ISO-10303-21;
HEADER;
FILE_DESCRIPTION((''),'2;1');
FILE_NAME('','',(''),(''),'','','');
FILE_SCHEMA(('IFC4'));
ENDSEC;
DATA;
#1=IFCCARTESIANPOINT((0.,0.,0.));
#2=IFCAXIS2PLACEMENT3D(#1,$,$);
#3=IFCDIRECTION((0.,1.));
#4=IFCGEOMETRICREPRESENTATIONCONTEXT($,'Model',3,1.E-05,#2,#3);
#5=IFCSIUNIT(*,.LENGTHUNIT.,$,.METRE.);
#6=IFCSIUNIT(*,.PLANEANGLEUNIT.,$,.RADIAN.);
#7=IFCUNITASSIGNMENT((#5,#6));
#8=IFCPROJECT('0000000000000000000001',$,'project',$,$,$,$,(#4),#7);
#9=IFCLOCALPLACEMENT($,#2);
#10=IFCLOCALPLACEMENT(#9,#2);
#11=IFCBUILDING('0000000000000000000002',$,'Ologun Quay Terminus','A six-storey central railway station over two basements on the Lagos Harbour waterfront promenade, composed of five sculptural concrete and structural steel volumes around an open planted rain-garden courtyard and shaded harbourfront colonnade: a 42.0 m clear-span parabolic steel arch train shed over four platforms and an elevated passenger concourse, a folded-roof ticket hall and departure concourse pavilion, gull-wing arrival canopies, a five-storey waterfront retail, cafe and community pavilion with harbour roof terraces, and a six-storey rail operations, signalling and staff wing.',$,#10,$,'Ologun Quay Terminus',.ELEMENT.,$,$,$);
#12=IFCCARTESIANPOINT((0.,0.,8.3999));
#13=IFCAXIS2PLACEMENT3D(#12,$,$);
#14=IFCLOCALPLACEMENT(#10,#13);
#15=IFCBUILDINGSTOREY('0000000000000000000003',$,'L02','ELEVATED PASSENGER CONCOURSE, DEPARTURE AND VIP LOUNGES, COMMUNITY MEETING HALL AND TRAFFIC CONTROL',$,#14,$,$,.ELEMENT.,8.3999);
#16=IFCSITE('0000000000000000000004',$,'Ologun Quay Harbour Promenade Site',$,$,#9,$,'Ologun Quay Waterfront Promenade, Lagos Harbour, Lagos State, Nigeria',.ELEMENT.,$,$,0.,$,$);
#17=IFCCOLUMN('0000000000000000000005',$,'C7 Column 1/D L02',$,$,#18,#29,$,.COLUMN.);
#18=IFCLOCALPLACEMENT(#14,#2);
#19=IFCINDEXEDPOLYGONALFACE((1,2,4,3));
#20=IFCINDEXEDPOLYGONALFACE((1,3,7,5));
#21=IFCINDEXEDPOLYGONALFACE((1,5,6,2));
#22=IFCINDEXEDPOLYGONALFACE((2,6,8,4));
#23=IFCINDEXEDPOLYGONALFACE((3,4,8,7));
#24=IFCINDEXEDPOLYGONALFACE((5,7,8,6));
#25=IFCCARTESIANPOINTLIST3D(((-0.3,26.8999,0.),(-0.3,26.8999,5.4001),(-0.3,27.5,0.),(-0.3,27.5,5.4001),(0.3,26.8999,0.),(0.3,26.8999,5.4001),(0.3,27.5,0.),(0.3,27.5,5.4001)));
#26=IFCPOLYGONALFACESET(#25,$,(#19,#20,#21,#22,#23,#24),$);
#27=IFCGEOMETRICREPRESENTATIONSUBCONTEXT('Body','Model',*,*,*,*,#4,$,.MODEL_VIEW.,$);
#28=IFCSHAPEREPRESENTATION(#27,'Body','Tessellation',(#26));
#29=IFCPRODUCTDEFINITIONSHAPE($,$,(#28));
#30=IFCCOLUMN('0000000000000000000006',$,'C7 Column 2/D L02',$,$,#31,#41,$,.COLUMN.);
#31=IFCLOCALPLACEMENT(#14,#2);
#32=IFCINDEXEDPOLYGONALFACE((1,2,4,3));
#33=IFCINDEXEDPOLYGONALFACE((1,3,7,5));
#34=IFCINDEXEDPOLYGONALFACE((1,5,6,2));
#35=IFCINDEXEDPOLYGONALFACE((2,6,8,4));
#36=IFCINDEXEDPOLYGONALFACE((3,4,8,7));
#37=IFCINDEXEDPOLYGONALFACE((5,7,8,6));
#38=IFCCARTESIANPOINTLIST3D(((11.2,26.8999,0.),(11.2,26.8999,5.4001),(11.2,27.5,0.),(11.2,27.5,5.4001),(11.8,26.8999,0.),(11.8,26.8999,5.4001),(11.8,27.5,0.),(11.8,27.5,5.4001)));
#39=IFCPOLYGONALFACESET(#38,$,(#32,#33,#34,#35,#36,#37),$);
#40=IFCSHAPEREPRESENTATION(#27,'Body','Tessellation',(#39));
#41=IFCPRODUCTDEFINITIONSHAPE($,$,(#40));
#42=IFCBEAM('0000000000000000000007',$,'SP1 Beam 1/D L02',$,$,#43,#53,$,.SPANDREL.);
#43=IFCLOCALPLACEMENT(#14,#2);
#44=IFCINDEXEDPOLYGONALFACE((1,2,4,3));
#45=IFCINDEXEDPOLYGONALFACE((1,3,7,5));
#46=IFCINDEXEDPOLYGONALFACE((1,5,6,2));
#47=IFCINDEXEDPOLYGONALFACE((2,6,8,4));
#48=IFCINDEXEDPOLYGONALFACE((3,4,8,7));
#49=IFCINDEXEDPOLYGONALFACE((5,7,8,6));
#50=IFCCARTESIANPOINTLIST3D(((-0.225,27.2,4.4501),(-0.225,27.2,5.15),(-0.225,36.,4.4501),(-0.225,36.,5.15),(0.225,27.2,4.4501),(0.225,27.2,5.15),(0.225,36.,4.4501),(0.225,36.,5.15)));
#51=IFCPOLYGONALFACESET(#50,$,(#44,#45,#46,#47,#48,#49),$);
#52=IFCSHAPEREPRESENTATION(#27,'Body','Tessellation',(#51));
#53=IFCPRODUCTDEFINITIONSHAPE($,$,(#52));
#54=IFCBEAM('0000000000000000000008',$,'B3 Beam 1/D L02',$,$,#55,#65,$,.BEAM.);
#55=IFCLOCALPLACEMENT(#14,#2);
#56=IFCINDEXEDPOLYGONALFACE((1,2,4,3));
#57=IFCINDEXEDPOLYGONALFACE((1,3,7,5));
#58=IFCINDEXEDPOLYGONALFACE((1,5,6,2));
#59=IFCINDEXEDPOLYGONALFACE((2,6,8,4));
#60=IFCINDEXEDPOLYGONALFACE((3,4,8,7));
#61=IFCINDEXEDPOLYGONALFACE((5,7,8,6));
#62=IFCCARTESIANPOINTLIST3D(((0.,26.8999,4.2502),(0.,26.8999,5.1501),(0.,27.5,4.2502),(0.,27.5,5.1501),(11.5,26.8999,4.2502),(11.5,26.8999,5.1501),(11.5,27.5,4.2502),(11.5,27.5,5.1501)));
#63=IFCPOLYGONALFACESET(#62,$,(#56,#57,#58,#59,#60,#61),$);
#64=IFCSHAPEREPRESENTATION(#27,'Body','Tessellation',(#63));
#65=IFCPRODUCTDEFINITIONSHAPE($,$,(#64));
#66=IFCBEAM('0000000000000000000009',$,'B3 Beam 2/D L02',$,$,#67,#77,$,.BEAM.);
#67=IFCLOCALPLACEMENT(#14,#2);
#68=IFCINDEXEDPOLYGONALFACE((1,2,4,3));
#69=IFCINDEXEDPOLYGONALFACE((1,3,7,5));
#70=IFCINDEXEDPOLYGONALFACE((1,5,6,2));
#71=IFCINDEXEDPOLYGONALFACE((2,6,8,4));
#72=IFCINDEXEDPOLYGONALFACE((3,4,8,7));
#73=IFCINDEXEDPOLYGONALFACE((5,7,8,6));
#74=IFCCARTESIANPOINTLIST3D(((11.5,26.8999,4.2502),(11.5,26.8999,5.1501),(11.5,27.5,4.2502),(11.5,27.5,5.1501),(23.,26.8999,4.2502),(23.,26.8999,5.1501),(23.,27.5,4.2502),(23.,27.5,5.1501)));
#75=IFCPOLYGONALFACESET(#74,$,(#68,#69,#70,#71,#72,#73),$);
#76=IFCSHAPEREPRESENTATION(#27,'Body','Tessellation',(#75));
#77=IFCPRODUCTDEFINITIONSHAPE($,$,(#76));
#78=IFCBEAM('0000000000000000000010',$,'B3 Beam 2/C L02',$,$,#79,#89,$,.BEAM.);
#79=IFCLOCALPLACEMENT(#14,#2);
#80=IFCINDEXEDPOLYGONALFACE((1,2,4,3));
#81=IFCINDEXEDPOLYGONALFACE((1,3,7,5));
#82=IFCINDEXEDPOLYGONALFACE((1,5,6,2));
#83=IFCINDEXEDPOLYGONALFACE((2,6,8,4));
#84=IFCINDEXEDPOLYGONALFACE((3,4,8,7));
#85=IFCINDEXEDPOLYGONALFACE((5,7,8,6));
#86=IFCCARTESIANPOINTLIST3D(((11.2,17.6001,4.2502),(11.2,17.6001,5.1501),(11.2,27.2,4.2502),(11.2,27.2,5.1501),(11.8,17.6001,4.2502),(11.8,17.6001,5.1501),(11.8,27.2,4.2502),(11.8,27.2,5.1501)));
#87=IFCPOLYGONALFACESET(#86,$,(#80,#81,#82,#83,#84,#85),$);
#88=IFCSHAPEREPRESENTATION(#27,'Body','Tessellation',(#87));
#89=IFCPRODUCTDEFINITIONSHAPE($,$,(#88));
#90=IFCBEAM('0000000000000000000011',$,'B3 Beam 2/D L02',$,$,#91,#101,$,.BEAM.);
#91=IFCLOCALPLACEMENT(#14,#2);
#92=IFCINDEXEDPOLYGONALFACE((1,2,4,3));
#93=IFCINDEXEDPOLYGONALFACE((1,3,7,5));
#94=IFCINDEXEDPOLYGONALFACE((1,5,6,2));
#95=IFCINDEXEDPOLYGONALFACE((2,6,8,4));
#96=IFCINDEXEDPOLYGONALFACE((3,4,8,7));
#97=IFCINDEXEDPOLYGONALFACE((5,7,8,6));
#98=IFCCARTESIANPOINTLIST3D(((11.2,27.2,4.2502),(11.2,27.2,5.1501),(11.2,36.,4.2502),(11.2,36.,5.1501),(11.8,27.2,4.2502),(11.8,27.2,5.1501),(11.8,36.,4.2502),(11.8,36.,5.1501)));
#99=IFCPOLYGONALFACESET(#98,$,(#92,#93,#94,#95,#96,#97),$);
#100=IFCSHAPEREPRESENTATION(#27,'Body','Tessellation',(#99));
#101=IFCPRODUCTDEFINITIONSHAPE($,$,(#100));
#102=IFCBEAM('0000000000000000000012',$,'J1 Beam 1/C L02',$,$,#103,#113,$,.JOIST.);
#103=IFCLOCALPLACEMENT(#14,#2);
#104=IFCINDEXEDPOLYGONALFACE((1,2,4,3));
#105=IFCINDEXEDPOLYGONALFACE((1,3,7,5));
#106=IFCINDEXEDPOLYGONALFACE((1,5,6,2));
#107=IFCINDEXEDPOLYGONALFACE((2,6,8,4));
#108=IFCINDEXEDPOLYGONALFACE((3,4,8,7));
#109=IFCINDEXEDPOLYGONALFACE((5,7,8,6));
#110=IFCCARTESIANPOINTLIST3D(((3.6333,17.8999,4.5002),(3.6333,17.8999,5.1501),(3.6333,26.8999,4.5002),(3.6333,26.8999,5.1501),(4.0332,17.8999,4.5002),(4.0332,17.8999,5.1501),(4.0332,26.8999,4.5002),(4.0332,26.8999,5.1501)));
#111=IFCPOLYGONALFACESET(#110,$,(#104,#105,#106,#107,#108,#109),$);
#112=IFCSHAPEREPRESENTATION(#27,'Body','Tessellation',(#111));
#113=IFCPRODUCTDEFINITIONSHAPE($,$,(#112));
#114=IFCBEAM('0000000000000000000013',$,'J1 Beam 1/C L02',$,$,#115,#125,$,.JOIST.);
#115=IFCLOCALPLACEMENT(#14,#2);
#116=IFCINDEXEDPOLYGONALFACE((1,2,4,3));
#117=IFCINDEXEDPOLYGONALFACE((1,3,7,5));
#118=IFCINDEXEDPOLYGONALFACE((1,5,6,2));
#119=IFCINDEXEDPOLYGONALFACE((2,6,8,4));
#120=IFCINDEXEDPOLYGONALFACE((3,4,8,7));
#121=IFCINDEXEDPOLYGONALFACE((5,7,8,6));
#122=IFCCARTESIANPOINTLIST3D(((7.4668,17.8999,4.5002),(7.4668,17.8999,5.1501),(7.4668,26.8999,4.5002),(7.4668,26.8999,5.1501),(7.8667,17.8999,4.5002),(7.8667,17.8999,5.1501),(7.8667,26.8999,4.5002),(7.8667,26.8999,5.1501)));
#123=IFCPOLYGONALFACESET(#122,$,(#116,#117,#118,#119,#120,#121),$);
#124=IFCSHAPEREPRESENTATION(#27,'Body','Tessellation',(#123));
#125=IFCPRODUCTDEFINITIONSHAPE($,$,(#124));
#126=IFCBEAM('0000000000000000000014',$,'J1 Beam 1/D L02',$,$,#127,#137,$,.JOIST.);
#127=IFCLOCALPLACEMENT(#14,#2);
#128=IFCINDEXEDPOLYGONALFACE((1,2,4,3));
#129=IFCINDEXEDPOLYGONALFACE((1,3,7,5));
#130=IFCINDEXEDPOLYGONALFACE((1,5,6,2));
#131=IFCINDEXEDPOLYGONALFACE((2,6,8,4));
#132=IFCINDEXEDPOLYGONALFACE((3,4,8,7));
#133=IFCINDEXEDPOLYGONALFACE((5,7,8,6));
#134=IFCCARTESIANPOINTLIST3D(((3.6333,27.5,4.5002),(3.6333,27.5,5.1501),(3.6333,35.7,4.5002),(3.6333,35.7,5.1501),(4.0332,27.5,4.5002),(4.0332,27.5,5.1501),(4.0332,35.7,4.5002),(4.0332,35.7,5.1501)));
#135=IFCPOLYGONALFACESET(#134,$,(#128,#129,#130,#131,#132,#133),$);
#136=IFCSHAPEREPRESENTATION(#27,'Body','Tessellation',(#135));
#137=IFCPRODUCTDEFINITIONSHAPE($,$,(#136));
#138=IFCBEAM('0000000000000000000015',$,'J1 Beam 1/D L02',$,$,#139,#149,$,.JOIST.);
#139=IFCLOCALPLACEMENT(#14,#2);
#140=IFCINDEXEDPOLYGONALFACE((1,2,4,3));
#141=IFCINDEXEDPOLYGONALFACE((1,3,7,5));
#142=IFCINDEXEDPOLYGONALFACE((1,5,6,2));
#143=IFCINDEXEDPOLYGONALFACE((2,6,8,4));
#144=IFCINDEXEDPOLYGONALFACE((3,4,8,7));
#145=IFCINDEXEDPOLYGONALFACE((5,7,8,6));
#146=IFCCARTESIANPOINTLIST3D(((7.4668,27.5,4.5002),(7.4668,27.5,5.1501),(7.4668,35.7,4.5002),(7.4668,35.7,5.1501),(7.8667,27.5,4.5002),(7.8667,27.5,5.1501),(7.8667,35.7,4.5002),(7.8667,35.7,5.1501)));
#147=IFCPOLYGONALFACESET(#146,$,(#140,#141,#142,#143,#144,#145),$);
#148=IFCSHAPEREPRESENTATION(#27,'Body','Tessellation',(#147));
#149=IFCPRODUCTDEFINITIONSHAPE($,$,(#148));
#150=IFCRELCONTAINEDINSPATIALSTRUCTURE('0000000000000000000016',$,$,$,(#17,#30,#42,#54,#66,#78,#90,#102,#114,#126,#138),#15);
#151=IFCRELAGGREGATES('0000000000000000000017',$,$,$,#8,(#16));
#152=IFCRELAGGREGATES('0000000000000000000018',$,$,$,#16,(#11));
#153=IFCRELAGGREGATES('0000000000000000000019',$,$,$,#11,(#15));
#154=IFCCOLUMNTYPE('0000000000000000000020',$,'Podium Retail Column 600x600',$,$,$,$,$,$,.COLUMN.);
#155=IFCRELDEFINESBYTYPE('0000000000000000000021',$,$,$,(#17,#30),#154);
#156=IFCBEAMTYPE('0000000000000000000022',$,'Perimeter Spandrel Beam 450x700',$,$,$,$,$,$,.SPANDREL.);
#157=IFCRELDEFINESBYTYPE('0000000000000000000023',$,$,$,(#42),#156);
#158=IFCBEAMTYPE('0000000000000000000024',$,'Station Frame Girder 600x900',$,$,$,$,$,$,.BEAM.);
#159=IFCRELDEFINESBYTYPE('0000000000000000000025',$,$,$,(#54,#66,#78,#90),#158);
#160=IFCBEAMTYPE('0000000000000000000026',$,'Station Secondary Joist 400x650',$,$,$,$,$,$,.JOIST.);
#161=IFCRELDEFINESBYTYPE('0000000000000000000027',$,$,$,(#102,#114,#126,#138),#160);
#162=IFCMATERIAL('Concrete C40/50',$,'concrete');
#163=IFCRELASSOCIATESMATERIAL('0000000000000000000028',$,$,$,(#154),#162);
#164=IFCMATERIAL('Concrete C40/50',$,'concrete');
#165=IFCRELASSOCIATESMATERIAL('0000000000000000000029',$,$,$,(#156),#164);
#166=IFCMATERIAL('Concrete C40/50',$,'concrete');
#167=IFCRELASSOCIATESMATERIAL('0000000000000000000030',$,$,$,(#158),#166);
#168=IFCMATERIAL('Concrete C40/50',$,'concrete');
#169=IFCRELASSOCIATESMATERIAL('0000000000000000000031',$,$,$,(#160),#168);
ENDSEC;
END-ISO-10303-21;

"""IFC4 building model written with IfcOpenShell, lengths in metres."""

from ifc_helpers import new_model, si_unit, direction, frame, origin, origin_2d, place, context, subcontext, project, spatial, rectangle, extrude, material, material_profile, profile_set, type_object, element, save


model = new_model("IFC4")

# Units and contexts
model_context = context("Model", 3, precision=1e-05, world=origin(), true_north=direction((0.0, 1.0)))
body_context = subcontext(model_context, "Body", "Model", "MODEL_VIEW")
ifc_project = project(units=[si_unit("LENGTHUNIT", "METRE"), si_unit("PLANEANGLEUNIT", "RADIAN")], contexts=[model_context])

# Site, building, storey
site_placement = place(None, origin())
site = spatial("IfcSite", under=ifc_project, at=site_placement, Name="Ologun Quay Harbour Promenade Site", LongName="Ologun Quay Waterfront Promenade, Lagos Harbour, Lagos State, Nigeria", CompositionType="ELEMENT", RefElevation=0.0)
building_placement = place(site_placement, origin())
building = spatial("IfcBuilding", under=site, at=building_placement, Name="Ologun Quay Terminus", Description="A six-storey central railway station over two basements on the Lagos Harbour waterfront promenade, composed of five sculptural concrete and structural steel volumes around an open planted rain-garden courtyard and shaded harbourfront colonnade: a 42.0 m clear-span parabolic steel arch train shed over four platforms and an elevated passenger concourse, a folded-roof ticket hall and departure concourse pavilion, gull-wing arrival canopies, a five-storey waterfront retail, cafe and community pavilion with harbour roof terraces, and a six-storey rail operations, signalling and staff wing.", LongName="Ologun Quay Terminus", CompositionType="ELEMENT")
storey_placement = place(building_placement, frame((0.0, 0.0, 8.3999)))
storey = spatial("IfcBuildingStorey", under=building, at=storey_placement, Name="L02", Description="ELEVATED PASSENGER CONCOURSE, DEPARTURE AND VIP LOUNGES, COMMUNITY MEETING HALL AND TRAFFIC CONTROL", CompositionType="ELEMENT", Elevation=8.3999)

# Columns
ifc_material_1 = material(Name="Concrete C40/50", Category="concrete")
ifc_material_profile_1 = material_profile(ifc_material_1, rectangle(XDim=0.6001, YDim=0.6001, at=origin_2d()), Name="RC 600x600")
ifc_profile_set_1 = profile_set([ifc_material_profile_1], Name="Concrete C40/50")
column_type = type_object("IfcColumnType", Name="Podium Retail Column 600x600", PredefinedType="COLUMN", material=ifc_profile_set_1)
for number, where, z_axis, x_axis, name in (
    (1, (0.0, 27.2, 0.0), (0.0, 0.0, 1.0), (1.0, 0.0, 0.0), "C7 Column 1/D L02"),
    (2, (11.5, 27.2, 0.0), (0.0, 0.0, 1.0), (1.0, 0.0, 0.0), "C7 Column 2/D L02"),
):
    element("IfcColumn", number, at=place(storey_placement, frame(where, z_axis=z_axis, x_axis=x_axis)), inside=storey, type_object=column_type, Name=name, PredefinedType="COLUMN", context=body_context, shape_type="SweptSolid", body=[
        extrude(rectangle(XDim=0.6001, YDim=0.6001, at=origin_2d()), origin(), (0.0, 0.0, 1.0), 5.4001),
    ])

# Beams
ifc_material_2 = material(Name="Concrete C40/50", Category="concrete")
ifc_material_profile_2 = material_profile(ifc_material_2, rectangle(XDim=0.45, YDim=0.7, at=origin_2d()), Name="RC 450x700")
ifc_profile_set_2 = profile_set([ifc_material_profile_2], Name="Concrete C40/50")
beam_type_1 = type_object("IfcBeamType", Name="Perimeter Spandrel Beam 450x700", PredefinedType="SPANDREL", material=ifc_profile_set_2)
beam_1_placement = place(storey_placement, frame((0.0, 27.2, 4.8), z_axis=(0.0, 1.0, 0.0), x_axis=(-1.0, 0.0, 0.0)))
element("IfcBeam", 3, at=beam_1_placement, inside=storey, type_object=beam_type_1, Name="SP1 Beam 1/D L02", PredefinedType="SPANDREL", context=body_context, shape_type="SweptSolid", body=[
    extrude(rectangle(XDim=0.45, YDim=0.7, at=origin_2d()), origin(), (0.0, 0.0, 1.0), 8.8),
])
ifc_material_3 = material(Name="Concrete C40/50", Category="concrete")
ifc_material_profile_3 = material_profile(ifc_material_3, rectangle(XDim=0.6001, YDim=0.8999, at=origin_2d()), Name="RC 600x900")
ifc_profile_set_3 = profile_set([ifc_material_profile_3], Name="Concrete C40/50")
beam_type_2 = type_object("IfcBeamType", Name="Station Frame Girder 600x900", PredefinedType="BEAM", material=ifc_profile_set_3)
for number, where, z_axis, x_axis, name in (
    (4, (0.0, 27.2, 4.7002), (1.0, 0.0, 0.0), (0.0, 1.0, 0.0), "B3 Beam 1/D L02"),
    (5, (11.5, 27.2, 4.7002), (1.0, 0.0, 0.0), (0.0, 1.0, 0.0), "B3 Beam 2/D L02"),
):
    element("IfcBeam", number, at=place(storey_placement, frame(where, z_axis=z_axis, x_axis=x_axis)), inside=storey, type_object=beam_type_2, Name=name, PredefinedType="BEAM", context=body_context, shape_type="SweptSolid", body=[
        extrude(rectangle(XDim=0.6001, YDim=0.8999, at=origin_2d()), origin(), (0.0, 0.0, 1.0), 11.5),
    ])
beam_2_placement = place(storey_placement, frame((11.5, 17.6001, 4.7002), z_axis=(0.0, 1.0, 0.0), x_axis=(-1.0, 0.0, 0.0)))
element("IfcBeam", 6, at=beam_2_placement, inside=storey, type_object=beam_type_2, Name="B3 Beam 2/C L02", PredefinedType="BEAM", context=body_context, shape_type="SweptSolid", body=[
    extrude(rectangle(XDim=0.6001, YDim=0.8999, at=origin_2d()), origin(), (0.0, 0.0, 1.0), 9.5999),
])
beam_3_placement = place(storey_placement, frame((11.5, 27.2, 4.7002), z_axis=(0.0, 1.0, 0.0), x_axis=(-1.0, 0.0, 0.0)))
element("IfcBeam", 7, at=beam_3_placement, inside=storey, type_object=beam_type_2, Name="B3 Beam 2/D L02", PredefinedType="BEAM", context=body_context, shape_type="SweptSolid", body=[
    extrude(rectangle(XDim=0.6001, YDim=0.8999, at=origin_2d()), origin(), (0.0, 0.0, 1.0), 8.8),
])
ifc_material_4 = material(Name="Concrete C40/50", Category="concrete")
ifc_material_profile_4 = material_profile(ifc_material_4, rectangle(XDim=0.3999, YDim=0.6499, at=origin_2d()), Name="RC 400x650")
ifc_profile_set_4 = profile_set([ifc_material_profile_4], Name="Concrete C40/50")
beam_type_3 = type_object("IfcBeamType", Name="Station Secondary Joist 400x650", PredefinedType="JOIST", material=ifc_profile_set_4)
for number, where, z_axis, x_axis, name in (
    (8, (3.8333, 17.8999, 4.8252), (0.0, 1.0, 0.0), (-1.0, 0.0, 0.0), "J1 Beam 1/C L02"),
    (9, (7.6667, 17.8999, 4.8252), (0.0, 1.0, 0.0), (-1.0, 0.0, 0.0), "J1 Beam 1/C L02"),
):
    element("IfcBeam", number, at=place(storey_placement, frame(where, z_axis=z_axis, x_axis=x_axis)), inside=storey, type_object=beam_type_3, Name=name, PredefinedType="JOIST", context=body_context, shape_type="SweptSolid", body=[
        extrude(rectangle(XDim=0.3999, YDim=0.6499, at=origin_2d()), origin(), (0.0, 0.0, 1.0), 9.0),
    ])
for number, where, z_axis, x_axis, name in (
    (10, (3.8333, 27.5, 4.8252), (0.0, 1.0, 0.0), (-1.0, 0.0, 0.0), "J1 Beam 1/D L02"),
    (11, (7.6667, 27.5, 4.8252), (0.0, 1.0, 0.0), (-1.0, 0.0, 0.0), "J1 Beam 1/D L02"),
):
    element("IfcBeam", number, at=place(storey_placement, frame(where, z_axis=z_axis, x_axis=x_axis)), inside=storey, type_object=beam_type_3, Name=name, PredefinedType="JOIST", context=body_context, shape_type="SweptSolid", body=[
        extrude(rectangle(XDim=0.3999, YDim=0.6499, at=origin_2d()), origin(), (0.0, 0.0, 1.0), 8.2),
    ])

save(model, "model.ifc")
